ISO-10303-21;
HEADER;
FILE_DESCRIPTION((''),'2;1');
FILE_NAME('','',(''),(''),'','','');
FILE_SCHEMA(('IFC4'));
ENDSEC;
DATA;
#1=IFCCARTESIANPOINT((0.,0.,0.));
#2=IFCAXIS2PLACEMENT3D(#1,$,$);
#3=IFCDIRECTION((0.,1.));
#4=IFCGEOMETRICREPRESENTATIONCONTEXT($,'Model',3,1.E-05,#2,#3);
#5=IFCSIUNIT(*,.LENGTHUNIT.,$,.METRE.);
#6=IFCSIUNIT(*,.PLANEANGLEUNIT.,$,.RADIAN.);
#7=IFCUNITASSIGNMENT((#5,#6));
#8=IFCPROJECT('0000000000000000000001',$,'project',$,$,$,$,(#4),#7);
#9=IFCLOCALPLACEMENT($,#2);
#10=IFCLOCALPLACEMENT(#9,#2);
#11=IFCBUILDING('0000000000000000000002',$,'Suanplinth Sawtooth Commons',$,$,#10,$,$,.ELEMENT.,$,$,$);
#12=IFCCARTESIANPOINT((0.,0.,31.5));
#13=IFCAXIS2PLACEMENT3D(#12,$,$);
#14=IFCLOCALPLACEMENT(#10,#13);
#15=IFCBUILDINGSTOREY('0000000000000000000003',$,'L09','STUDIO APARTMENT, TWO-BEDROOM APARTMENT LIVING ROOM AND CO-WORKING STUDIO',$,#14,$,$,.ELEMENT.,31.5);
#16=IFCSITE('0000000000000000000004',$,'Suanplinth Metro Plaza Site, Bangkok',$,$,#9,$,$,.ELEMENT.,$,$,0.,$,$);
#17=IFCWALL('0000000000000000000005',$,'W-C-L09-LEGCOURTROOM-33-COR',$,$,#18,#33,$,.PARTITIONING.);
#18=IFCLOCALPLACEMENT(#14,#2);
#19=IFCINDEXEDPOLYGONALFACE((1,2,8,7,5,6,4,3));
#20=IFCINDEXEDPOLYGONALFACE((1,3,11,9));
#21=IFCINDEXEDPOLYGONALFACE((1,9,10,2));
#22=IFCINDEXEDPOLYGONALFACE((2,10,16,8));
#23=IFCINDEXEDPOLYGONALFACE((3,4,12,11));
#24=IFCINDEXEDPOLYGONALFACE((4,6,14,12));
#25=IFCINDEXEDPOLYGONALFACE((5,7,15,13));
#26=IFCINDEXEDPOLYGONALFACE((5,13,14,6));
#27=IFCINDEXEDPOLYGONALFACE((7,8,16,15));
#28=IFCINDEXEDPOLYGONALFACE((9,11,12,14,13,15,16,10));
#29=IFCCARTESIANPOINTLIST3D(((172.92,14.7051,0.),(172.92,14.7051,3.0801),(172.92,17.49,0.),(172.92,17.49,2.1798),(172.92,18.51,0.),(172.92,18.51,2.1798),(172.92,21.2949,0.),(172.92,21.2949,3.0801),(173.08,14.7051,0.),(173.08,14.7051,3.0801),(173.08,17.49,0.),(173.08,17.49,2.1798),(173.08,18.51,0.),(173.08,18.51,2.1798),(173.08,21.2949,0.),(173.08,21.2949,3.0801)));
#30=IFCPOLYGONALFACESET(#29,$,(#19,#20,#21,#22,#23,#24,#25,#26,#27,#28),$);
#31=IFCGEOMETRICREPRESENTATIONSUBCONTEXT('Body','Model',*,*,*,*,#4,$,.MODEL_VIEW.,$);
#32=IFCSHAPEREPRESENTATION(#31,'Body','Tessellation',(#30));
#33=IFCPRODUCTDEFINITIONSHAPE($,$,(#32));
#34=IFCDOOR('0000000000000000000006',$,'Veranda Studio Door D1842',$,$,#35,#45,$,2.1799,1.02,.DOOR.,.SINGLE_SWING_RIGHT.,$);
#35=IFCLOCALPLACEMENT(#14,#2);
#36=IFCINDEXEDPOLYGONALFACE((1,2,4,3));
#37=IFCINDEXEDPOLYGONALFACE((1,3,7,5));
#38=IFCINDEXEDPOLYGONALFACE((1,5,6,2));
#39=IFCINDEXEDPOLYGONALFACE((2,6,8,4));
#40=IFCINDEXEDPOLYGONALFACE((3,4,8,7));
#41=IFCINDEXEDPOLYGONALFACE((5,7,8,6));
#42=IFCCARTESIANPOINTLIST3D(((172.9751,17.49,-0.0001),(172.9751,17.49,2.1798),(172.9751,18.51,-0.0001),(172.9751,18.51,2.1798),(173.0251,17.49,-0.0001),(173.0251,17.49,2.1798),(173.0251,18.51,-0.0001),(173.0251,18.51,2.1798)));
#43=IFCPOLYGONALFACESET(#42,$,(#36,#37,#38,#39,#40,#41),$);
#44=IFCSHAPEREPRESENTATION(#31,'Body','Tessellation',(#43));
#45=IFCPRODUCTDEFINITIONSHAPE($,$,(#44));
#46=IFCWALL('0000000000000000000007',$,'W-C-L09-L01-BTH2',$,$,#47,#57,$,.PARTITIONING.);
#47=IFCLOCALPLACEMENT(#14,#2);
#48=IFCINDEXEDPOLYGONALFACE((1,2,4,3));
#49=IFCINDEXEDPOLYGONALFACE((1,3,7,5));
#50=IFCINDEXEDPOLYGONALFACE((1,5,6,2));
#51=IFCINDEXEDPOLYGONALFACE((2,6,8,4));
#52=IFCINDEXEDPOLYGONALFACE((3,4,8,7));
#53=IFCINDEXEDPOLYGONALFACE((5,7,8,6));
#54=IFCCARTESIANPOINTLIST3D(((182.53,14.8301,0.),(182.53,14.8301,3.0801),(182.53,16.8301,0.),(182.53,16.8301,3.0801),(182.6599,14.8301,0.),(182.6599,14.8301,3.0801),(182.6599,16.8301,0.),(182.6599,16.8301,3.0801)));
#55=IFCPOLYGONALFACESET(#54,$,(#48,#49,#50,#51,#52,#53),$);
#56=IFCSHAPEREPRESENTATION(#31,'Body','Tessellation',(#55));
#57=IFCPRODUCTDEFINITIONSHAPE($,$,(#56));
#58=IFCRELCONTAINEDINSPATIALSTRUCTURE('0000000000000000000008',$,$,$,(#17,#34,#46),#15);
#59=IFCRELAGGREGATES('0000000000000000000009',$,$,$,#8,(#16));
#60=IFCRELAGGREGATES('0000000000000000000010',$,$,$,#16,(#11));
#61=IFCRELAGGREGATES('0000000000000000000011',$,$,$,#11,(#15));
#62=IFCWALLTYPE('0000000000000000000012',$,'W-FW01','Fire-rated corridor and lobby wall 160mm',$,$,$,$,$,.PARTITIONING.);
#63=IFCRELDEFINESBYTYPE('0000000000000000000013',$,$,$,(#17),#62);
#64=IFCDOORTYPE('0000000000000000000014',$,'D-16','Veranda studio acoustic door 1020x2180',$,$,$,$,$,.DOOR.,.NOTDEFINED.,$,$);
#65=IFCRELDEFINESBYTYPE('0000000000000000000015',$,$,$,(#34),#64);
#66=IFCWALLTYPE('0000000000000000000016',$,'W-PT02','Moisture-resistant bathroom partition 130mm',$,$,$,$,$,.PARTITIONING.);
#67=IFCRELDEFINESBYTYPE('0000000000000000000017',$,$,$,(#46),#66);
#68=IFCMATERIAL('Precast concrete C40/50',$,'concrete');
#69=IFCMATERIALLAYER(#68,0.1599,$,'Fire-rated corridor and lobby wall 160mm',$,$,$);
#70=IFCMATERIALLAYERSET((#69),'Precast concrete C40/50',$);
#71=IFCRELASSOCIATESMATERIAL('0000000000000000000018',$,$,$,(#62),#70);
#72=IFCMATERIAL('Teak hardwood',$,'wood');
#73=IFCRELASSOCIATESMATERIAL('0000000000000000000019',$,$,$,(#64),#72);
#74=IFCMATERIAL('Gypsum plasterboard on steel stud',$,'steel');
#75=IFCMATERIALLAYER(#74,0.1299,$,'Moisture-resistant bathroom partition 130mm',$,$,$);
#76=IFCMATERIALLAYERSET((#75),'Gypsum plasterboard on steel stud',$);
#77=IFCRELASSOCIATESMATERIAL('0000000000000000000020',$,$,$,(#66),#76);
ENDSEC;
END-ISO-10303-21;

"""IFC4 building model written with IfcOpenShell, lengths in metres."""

from ifc_helpers import new_model, si_unit, direction, frame, frame_2d, origin, place, context, subcontext, project, spatial, rectangle, extrude, material, layer, layer_set, type_object, element, fill, save


model = new_model("IFC4")

# Units and contexts
model_context = context("Model", 3, precision=1e-05, world=origin(), true_north=direction((0.0, 1.0)))
body_context = subcontext(model_context, "Body", "Model", "MODEL_VIEW")
ifc_project = project(units=[si_unit("LENGTHUNIT", "METRE"), si_unit("PLANEANGLEUNIT", "RADIAN")], contexts=[model_context])

# Site, building, storey
site_placement = place(None, origin())
site = spatial("IfcSite", under=ifc_project, at=site_placement, Name="Suanplinth Metro Plaza Site, Bangkok", CompositionType="ELEMENT", RefElevation=0.0)
building_placement = place(site_placement, origin())
building = spatial("IfcBuilding", under=site, at=building_placement, Name="Suanplinth Sawtooth Commons", CompositionType="ELEMENT")
storey_placement = place(building_placement, frame((0.0, 0.0, 31.5)))
storey = spatial("IfcBuildingStorey", under=building, at=storey_placement, Name="L09", Description="STUDIO APARTMENT, TWO-BEDROOM APARTMENT LIVING ROOM AND CO-WORKING STUDIO", CompositionType="ELEMENT", Elevation=31.5)

# Shared definitions
ifc_material_1 = material(Name="Precast concrete C40/50", Category="concrete")

# Wall, opening, door
ifc_layer_1 = layer(ifc_material_1, 0.1599, Name="Fire-rated corridor and lobby wall 160mm")
ifc_layer_set_1 = layer_set([ifc_layer_1], Name="Precast concrete C40/50")
wall_type_1 = type_object("IfcWallType", Name="W-FW01", Description="Fire-rated corridor and lobby wall 160mm", PredefinedType="PARTITIONING", material=ifc_layer_set_1)
wall_1_placement = place(storey_placement, frame((173.0, 14.7051, 0.0), z_axis=(0.0, 0.0, 1.0), x_axis=(0.0, 1.0, 0.0)))
wall_1 = element("IfcWall", 1, at=wall_1_placement, inside=storey, type_object=wall_type_1, Name="W-C-L09-LEGCOURTROOM-33-COR", PredefinedType="PARTITIONING", context=body_context, shape_type="SweptSolid", body=[
    extrude(rectangle(XDim=6.5898, YDim=0.1599, at=frame_2d((3.2949, 0.0))), origin(), (0.0, 0.0, 1.0), 3.0801),
])
opening_1_placement = place(wall_1_placement, frame((2.7849, 0.0, 0.0)))
opening_1 = element("IfcOpeningElement", 2, at=opening_1_placement, cuts=wall_1, PredefinedType="OPENING", context=body_context, shape_type="SweptSolid", body=[
    extrude(rectangle(XDim=1.02, YDim=2.1799, at=frame_2d((0.51, 1.0898))), frame((0.0, 0.0947, 0.0), z_axis=(0.0, -1.0, 0.0), x_axis=(1.0, 0.0, 0.0)), (0.0, 0.0, 1.0), 0.1897),
])
ifc_material_2 = material(Name="Teak hardwood", Category="wood")
door_type_1 = type_object("IfcDoorType", Name="D-16", Description="Veranda studio acoustic door 1020x2180", OperationType="NOTDEFINED", PredefinedType="DOOR", material=ifc_material_2)
door_1_placement = place(opening_1_placement, origin())
door_1 = element("IfcDoor", 3, at=door_1_placement, inside=storey, type_object=door_type_1, Name="Veranda Studio Door D1842", OperationType="SINGLE_SWING_RIGHT", OverallHeight=2.1799, OverallWidth=1.02, PredefinedType="DOOR", context=body_context, shape_type="SweptSolid", body=[
    extrude(rectangle(XDim=1.02, YDim=2.1799, at=frame_2d((0.51, 1.0898))), frame((0.0, 0.0249, 0.0), z_axis=(0.0, -1.0, 0.0), x_axis=(1.0, 0.0, 0.0)), (0.0, 0.0, 1.0), 0.05),
])
fill(opening_1, door_1)

# Wall
ifc_material_3 = material(Name="Gypsum plasterboard on steel stud", Category="steel")
ifc_layer_2 = layer(ifc_material_3, 0.1299, Name="Moisture-resistant bathroom partition 130mm")
ifc_layer_set_2 = layer_set([ifc_layer_2], Name="Gypsum plasterboard on steel stud")
wall_type_2 = type_object("IfcWallType", Name="W-PT02", Description="Moisture-resistant bathroom partition 130mm", PredefinedType="PARTITIONING", material=ifc_layer_set_2)
wall_2_placement = place(storey_placement, frame((182.595, 14.8301, 0.0), z_axis=(0.0, 0.0, 1.0), x_axis=(0.0, 1.0, 0.0)))
element("IfcWall", 4, at=wall_2_placement, inside=storey, type_object=wall_type_2, Name="W-C-L09-L01-BTH2", PredefinedType="PARTITIONING", context=body_context, shape_type="SweptSolid", body=[
    extrude(rectangle(XDim=2.0, YDim=0.1299, at=frame_2d((1.0, 0.0))), origin(), (0.0, 0.0, 1.0), 3.0801),
])

save(model, "model.ifc")
